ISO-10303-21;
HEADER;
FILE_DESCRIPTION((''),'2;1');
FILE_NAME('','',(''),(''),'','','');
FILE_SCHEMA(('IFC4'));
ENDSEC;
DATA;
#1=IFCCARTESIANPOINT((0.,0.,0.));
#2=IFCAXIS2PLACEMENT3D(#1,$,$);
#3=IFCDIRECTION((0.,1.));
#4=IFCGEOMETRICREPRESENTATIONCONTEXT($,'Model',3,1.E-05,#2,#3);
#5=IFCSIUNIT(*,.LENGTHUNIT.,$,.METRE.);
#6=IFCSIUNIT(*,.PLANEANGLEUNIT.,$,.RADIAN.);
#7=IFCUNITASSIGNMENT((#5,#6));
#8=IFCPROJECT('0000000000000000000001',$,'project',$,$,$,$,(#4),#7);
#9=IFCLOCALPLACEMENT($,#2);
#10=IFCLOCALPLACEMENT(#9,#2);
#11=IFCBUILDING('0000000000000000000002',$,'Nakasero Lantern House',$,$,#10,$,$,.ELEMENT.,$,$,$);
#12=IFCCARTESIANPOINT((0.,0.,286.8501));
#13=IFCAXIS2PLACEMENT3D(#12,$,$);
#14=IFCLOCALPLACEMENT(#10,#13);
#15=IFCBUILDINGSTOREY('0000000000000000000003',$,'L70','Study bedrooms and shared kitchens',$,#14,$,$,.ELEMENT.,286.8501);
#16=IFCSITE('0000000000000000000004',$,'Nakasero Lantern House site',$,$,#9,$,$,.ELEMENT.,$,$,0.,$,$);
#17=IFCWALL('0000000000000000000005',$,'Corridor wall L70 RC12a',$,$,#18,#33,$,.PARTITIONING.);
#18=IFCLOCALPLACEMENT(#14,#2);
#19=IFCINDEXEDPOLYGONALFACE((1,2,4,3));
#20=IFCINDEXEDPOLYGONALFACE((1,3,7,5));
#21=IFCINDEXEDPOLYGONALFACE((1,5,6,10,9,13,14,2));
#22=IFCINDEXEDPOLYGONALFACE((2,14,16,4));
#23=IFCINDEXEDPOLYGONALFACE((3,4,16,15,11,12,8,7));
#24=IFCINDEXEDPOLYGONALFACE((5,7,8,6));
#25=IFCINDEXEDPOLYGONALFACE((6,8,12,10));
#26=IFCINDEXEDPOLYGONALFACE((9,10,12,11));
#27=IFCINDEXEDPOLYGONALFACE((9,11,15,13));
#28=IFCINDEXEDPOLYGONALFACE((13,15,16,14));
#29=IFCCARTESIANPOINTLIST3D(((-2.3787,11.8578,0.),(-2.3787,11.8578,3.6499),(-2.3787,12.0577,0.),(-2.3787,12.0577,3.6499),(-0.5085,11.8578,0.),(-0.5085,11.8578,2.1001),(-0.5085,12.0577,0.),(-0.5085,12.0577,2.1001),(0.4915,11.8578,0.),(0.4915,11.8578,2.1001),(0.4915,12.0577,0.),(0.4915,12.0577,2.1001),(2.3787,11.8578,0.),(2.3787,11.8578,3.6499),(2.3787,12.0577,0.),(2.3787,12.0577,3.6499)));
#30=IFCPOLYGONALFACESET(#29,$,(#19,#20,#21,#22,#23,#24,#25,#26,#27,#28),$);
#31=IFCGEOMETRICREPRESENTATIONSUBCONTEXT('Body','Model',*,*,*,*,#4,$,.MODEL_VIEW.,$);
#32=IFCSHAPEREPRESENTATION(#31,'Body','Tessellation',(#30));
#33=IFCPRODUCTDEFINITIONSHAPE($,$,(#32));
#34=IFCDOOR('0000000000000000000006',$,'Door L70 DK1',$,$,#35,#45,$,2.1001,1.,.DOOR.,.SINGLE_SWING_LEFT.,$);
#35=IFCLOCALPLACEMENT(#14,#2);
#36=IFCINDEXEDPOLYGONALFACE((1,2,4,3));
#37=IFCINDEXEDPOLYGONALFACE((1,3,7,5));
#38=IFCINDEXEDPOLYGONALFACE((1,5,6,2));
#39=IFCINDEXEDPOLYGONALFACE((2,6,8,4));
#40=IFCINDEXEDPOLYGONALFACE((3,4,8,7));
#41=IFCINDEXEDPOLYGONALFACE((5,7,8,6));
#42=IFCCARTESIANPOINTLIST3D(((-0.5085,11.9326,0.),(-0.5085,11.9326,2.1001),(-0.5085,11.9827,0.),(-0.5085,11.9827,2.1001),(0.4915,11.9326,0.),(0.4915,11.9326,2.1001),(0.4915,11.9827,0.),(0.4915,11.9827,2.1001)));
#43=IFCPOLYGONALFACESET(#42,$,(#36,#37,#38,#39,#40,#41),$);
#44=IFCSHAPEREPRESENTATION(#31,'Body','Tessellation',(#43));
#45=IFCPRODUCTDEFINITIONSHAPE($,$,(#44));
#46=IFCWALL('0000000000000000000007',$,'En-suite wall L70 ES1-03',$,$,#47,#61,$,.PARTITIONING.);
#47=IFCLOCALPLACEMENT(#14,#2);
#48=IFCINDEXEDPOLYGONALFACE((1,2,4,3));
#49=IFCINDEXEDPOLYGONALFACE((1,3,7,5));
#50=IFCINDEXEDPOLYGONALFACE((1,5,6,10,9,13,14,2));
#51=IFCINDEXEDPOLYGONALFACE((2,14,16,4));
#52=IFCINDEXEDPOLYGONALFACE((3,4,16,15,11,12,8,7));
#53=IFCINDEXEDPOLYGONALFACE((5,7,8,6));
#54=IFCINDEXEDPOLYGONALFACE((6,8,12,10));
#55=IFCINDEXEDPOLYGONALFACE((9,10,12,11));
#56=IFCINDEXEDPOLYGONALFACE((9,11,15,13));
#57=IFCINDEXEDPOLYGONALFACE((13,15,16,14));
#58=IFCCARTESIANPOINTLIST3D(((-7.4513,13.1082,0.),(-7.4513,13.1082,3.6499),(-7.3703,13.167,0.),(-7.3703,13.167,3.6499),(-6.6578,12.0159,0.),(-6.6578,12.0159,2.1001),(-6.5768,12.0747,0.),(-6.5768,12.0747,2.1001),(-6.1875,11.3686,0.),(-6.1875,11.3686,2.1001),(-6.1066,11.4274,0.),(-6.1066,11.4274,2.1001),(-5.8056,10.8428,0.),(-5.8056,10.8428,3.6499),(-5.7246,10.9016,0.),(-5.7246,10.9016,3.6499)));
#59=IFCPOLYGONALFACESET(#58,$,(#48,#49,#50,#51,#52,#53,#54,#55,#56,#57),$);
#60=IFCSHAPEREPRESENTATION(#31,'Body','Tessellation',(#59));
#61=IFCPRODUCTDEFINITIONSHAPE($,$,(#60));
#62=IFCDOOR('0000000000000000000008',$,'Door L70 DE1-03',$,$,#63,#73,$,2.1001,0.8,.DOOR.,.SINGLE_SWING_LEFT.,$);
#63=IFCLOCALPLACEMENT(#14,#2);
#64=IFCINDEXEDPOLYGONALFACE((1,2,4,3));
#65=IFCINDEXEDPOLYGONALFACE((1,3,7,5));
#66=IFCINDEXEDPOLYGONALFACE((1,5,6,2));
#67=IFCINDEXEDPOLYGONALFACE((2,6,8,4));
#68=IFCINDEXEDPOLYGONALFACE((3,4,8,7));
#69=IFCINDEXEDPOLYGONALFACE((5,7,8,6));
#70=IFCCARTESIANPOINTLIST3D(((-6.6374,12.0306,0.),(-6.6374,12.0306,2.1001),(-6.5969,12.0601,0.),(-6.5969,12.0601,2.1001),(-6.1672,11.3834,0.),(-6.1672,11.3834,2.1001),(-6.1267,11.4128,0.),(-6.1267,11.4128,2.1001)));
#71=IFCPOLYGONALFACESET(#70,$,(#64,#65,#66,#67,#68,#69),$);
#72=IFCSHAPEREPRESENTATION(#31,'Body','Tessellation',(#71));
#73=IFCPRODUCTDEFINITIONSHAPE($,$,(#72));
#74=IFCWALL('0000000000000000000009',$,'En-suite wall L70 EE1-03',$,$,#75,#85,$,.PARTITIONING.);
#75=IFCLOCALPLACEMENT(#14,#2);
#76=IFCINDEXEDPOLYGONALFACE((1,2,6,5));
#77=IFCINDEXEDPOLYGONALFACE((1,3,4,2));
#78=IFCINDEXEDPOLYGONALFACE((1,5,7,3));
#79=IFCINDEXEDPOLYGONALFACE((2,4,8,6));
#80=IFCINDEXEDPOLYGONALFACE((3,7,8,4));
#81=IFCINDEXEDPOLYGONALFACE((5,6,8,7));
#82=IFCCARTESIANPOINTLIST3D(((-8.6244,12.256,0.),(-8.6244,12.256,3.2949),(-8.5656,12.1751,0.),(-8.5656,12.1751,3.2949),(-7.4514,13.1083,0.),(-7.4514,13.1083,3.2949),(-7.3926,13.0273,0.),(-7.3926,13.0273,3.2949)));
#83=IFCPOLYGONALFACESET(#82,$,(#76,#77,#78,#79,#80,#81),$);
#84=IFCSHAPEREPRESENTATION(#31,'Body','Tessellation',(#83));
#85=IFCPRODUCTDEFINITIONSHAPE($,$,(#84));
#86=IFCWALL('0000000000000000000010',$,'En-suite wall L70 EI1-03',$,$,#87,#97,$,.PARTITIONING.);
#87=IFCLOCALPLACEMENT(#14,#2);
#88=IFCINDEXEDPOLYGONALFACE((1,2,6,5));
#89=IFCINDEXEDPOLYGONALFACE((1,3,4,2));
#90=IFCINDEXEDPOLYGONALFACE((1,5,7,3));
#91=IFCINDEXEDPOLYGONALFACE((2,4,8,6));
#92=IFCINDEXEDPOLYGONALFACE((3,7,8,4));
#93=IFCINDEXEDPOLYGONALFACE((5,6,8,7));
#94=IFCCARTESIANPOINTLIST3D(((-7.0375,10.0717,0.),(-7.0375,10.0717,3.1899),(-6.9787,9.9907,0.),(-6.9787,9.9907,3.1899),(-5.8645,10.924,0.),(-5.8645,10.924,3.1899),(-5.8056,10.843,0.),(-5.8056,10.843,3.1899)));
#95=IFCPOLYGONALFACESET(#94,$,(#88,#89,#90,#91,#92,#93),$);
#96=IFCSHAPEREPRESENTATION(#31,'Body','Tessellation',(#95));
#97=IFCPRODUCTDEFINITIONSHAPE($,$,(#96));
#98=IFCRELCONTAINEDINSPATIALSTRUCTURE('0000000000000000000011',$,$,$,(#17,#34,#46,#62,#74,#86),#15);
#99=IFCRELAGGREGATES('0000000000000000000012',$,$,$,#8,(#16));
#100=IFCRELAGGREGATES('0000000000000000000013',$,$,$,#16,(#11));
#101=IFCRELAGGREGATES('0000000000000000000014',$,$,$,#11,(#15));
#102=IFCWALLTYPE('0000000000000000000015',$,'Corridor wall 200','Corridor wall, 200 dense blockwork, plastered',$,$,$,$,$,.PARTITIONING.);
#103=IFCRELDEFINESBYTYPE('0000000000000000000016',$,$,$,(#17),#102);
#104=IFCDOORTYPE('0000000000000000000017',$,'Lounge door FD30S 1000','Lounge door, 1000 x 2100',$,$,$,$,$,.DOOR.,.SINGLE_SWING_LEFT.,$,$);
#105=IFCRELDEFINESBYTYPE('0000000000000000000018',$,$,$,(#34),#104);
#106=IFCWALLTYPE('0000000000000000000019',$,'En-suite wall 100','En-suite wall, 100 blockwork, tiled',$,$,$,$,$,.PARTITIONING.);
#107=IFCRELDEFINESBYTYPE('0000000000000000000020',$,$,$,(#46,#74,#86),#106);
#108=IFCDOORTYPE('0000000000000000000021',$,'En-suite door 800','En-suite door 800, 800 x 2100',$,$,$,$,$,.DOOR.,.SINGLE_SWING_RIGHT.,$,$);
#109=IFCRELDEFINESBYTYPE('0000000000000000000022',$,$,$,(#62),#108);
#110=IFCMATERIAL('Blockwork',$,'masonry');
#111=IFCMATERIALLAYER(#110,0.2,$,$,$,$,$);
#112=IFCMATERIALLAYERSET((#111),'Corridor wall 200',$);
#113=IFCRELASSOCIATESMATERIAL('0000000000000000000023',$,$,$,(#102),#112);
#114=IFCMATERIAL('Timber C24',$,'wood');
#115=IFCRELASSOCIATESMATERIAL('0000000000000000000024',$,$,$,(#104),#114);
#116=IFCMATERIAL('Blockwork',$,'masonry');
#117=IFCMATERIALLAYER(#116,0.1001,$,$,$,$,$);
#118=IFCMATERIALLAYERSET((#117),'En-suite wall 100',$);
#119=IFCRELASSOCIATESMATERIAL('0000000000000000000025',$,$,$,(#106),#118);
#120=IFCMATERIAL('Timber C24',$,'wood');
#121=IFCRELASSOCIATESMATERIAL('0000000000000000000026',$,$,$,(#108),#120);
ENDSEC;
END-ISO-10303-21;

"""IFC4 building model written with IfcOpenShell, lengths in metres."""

from ifc_helpers import new_model, si_unit, direction, frame, frame_2d, origin, place, context, subcontext, project, spatial, rectangle, extrude, material, layer, layer_set, type_object, element, fill, save


model = new_model("IFC4")

# Units and contexts
model_context = context("Model", 3, precision=1e-05, world=origin(), true_north=direction((0.0, 1.0)))
body_context = subcontext(model_context, "Body", "Model", "MODEL_VIEW")
ifc_project = project(units=[si_unit("LENGTHUNIT", "METRE"), si_unit("PLANEANGLEUNIT", "RADIAN")], contexts=[model_context])

# Site, building, storey
site_placement = place(None, origin())
site = spatial("IfcSite", under=ifc_project, at=site_placement, Name="Nakasero Lantern House site", CompositionType="ELEMENT", RefElevation=0.0)
building_placement = place(site_placement, origin())
building = spatial("IfcBuilding", under=site, at=building_placement, Name="Nakasero Lantern House", CompositionType="ELEMENT")
storey_placement = place(building_placement, frame((0.0, 0.0, 286.8501)))
storey = spatial("IfcBuildingStorey", under=building, at=storey_placement, Name="L70", Description="Study bedrooms and shared kitchens", CompositionType="ELEMENT", Elevation=286.8501)

# Walls, openings, doors
ifc_material_1 = material(Name="Blockwork", Category="masonry")
ifc_layer_1 = layer(ifc_material_1, 0.2)
ifc_layer_set_1 = layer_set([ifc_layer_1], Name="Corridor wall 200")
wall_type_1 = type_object("IfcWallType", Name="Corridor wall 200", Description="Corridor wall, 200 dense blockwork, plastered", PredefinedType="PARTITIONING", material=ifc_layer_set_1)
wall_1_placement = place(storey_placement, frame((-2.3787, 11.9578, 0.0), z_axis=(0.0, 0.0, 1.0), x_axis=(1.0, 0.0, 0.0)))
wall_1 = element("IfcWall", 1, at=wall_1_placement, inside=storey, type_object=wall_type_1, Name="Corridor wall L70 RC12a", PredefinedType="PARTITIONING", context=body_context, shape_type="SweptSolid", body=[
    extrude(rectangle(XDim=4.7573, YDim=0.2, at=frame_2d((2.3787, 0.0))), origin(), (0.0, 0.0, 1.0), 3.6499),
])
opening_1_placement = place(wall_1_placement, frame((1.8701, 0.0, 0.0)))
opening_1 = element("IfcOpeningElement", 2, at=opening_1_placement, cuts=wall_1, PredefinedType="OPENING", context=body_context, shape_type="SweptSolid", body=[
    extrude(rectangle(XDim=1.0, YDim=2.1001, at=frame_2d((0.5, 1.05))), frame((0.0, 0.1199, 0.0), z_axis=(0.0, -1.0, 0.0), x_axis=(1.0, 0.0, 0.0)), (0.0, 0.0, 1.0), 0.24),
])
ifc_material_2 = material(Name="Timber C24", Category="wood")
door_type_1 = type_object("IfcDoorType", Name="Lounge door FD30S 1000", Description="Lounge door, 1000 x 2100", OperationType="SINGLE_SWING_LEFT", PredefinedType="DOOR", material=ifc_material_2)
door_1_placement = place(opening_1_placement, origin())
door_1 = element("IfcDoor", 3, at=door_1_placement, inside=storey, type_object=door_type_1, Name="Door L70 DK1", OperationType="SINGLE_SWING_LEFT", OverallHeight=2.1001, OverallWidth=1.0, PredefinedType="DOOR", context=body_context, shape_type="SweptSolid", body=[
    extrude(rectangle(XDim=1.0, YDim=2.1001, at=frame_2d((0.5, 1.05))), frame((0.0, 0.0249, 0.0), z_axis=(0.0, -1.0, 0.0), x_axis=(1.0, 0.0, 0.0)), (0.0, 0.0, 1.0), 0.05),
])
fill(opening_1, door_1)
ifc_material_3 = material(Name="Blockwork", Category="masonry")
ifc_layer_2 = layer(ifc_material_3, 0.1001)
ifc_layer_set_2 = layer_set([ifc_layer_2], Name="En-suite wall 100")
wall_type_2 = type_object("IfcWallType", Name="En-suite wall 100", Description="En-suite wall, 100 blockwork, tiled", PredefinedType="PARTITIONING", material=ifc_layer_set_2)
wall_2_placement = place(storey_placement, frame((-5.7651, 10.8723, 0.0), z_axis=(0.0, 0.0, 1.0), x_axis=(-0.587752, 0.809041, 0.0)))
wall_2 = element("IfcWall", 4, at=wall_2_placement, inside=storey, type_object=wall_type_2, Name="En-suite wall L70 ES1-03", PredefinedType="PARTITIONING", context=body_context, shape_type="SweptSolid", body=[
    extrude(rectangle(XDim=2.8, YDim=0.1001, at=frame_2d((1.3999, 0.0))), origin(), (0.0, 0.0, 1.0), 3.6499),
])
opening_2_placement = place(wall_2_placement, frame((0.6499, 0.0, 0.0)))
opening_2 = element("IfcOpeningElement", 5, at=opening_2_placement, cuts=wall_2, PredefinedType="OPENING", context=body_context, shape_type="SweptSolid", body=[
    extrude(rectangle(XDim=0.8, YDim=2.1001, at=frame_2d((0.3999, 1.05))), frame((0.0, 0.0701, 0.0), z_axis=(0.0, -1.0, 0.0), x_axis=(1.0, 0.0, 0.0)), (0.0, 0.0, 1.0), 0.1401),
])
ifc_material_4 = material(Name="Timber C24", Category="wood")
door_type_2 = type_object("IfcDoorType", Name="En-suite door 800", Description="En-suite door 800, 800 x 2100", OperationType="SINGLE_SWING_RIGHT", PredefinedType="DOOR", material=ifc_material_4)
door_2_placement = place(opening_2_placement, origin())
door_2 = element("IfcDoor", 6, at=door_2_placement, inside=storey, type_object=door_type_2, Name="Door L70 DE1-03", OperationType="SINGLE_SWING_LEFT", OverallHeight=2.1001, OverallWidth=0.8, PredefinedType="DOOR", context=body_context, shape_type="SweptSolid", body=[
    extrude(rectangle(XDim=0.8, YDim=2.1001, at=frame_2d((0.3999, 1.05))), frame((0.0, 0.0249, 0.0), z_axis=(0.0, -1.0, 0.0), x_axis=(1.0, 0.0, 0.0)), (0.0, 0.0, 1.0), 0.05),
])
fill(opening_2, door_2)

# Walls
wall_3_placement = place(storey_placement, frame((-7.4219, 13.0679, 0.0), z_axis=(0.0, 0.0, 1.0), x_axis=(-0.80902, -0.587781, 0.0)))
element("IfcWall", 7, at=wall_3_placement, inside=storey, type_object=wall_type_2, Name="En-suite wall L70 EE1-03", PredefinedType="PARTITIONING", context=body_context, shape_type="SweptSolid", body=[
    extrude(rectangle(XDim=1.45, YDim=0.1001, at=frame_2d((0.7251, 0.0))), origin(), (0.0, 0.0, 1.0), 3.2949),
])
wall_4_placement = place(storey_placement, frame((-5.835, 10.8835, 0.0), z_axis=(0.0, 0.0, 1.0), x_axis=(-0.80902, -0.587781, 0.0)))
element("IfcWall", 8, at=wall_4_placement, inside=storey, type_object=wall_type_2, Name="En-suite wall L70 EI1-03", PredefinedType="PARTITIONING", context=body_context, shape_type="SweptSolid", body=[
    extrude(rectangle(XDim=1.45, YDim=0.1001, at=frame_2d((0.7251, 0.0))), origin(), (0.0, 0.0, 1.0), 3.1899),
])

save(model, "model.ifc")
